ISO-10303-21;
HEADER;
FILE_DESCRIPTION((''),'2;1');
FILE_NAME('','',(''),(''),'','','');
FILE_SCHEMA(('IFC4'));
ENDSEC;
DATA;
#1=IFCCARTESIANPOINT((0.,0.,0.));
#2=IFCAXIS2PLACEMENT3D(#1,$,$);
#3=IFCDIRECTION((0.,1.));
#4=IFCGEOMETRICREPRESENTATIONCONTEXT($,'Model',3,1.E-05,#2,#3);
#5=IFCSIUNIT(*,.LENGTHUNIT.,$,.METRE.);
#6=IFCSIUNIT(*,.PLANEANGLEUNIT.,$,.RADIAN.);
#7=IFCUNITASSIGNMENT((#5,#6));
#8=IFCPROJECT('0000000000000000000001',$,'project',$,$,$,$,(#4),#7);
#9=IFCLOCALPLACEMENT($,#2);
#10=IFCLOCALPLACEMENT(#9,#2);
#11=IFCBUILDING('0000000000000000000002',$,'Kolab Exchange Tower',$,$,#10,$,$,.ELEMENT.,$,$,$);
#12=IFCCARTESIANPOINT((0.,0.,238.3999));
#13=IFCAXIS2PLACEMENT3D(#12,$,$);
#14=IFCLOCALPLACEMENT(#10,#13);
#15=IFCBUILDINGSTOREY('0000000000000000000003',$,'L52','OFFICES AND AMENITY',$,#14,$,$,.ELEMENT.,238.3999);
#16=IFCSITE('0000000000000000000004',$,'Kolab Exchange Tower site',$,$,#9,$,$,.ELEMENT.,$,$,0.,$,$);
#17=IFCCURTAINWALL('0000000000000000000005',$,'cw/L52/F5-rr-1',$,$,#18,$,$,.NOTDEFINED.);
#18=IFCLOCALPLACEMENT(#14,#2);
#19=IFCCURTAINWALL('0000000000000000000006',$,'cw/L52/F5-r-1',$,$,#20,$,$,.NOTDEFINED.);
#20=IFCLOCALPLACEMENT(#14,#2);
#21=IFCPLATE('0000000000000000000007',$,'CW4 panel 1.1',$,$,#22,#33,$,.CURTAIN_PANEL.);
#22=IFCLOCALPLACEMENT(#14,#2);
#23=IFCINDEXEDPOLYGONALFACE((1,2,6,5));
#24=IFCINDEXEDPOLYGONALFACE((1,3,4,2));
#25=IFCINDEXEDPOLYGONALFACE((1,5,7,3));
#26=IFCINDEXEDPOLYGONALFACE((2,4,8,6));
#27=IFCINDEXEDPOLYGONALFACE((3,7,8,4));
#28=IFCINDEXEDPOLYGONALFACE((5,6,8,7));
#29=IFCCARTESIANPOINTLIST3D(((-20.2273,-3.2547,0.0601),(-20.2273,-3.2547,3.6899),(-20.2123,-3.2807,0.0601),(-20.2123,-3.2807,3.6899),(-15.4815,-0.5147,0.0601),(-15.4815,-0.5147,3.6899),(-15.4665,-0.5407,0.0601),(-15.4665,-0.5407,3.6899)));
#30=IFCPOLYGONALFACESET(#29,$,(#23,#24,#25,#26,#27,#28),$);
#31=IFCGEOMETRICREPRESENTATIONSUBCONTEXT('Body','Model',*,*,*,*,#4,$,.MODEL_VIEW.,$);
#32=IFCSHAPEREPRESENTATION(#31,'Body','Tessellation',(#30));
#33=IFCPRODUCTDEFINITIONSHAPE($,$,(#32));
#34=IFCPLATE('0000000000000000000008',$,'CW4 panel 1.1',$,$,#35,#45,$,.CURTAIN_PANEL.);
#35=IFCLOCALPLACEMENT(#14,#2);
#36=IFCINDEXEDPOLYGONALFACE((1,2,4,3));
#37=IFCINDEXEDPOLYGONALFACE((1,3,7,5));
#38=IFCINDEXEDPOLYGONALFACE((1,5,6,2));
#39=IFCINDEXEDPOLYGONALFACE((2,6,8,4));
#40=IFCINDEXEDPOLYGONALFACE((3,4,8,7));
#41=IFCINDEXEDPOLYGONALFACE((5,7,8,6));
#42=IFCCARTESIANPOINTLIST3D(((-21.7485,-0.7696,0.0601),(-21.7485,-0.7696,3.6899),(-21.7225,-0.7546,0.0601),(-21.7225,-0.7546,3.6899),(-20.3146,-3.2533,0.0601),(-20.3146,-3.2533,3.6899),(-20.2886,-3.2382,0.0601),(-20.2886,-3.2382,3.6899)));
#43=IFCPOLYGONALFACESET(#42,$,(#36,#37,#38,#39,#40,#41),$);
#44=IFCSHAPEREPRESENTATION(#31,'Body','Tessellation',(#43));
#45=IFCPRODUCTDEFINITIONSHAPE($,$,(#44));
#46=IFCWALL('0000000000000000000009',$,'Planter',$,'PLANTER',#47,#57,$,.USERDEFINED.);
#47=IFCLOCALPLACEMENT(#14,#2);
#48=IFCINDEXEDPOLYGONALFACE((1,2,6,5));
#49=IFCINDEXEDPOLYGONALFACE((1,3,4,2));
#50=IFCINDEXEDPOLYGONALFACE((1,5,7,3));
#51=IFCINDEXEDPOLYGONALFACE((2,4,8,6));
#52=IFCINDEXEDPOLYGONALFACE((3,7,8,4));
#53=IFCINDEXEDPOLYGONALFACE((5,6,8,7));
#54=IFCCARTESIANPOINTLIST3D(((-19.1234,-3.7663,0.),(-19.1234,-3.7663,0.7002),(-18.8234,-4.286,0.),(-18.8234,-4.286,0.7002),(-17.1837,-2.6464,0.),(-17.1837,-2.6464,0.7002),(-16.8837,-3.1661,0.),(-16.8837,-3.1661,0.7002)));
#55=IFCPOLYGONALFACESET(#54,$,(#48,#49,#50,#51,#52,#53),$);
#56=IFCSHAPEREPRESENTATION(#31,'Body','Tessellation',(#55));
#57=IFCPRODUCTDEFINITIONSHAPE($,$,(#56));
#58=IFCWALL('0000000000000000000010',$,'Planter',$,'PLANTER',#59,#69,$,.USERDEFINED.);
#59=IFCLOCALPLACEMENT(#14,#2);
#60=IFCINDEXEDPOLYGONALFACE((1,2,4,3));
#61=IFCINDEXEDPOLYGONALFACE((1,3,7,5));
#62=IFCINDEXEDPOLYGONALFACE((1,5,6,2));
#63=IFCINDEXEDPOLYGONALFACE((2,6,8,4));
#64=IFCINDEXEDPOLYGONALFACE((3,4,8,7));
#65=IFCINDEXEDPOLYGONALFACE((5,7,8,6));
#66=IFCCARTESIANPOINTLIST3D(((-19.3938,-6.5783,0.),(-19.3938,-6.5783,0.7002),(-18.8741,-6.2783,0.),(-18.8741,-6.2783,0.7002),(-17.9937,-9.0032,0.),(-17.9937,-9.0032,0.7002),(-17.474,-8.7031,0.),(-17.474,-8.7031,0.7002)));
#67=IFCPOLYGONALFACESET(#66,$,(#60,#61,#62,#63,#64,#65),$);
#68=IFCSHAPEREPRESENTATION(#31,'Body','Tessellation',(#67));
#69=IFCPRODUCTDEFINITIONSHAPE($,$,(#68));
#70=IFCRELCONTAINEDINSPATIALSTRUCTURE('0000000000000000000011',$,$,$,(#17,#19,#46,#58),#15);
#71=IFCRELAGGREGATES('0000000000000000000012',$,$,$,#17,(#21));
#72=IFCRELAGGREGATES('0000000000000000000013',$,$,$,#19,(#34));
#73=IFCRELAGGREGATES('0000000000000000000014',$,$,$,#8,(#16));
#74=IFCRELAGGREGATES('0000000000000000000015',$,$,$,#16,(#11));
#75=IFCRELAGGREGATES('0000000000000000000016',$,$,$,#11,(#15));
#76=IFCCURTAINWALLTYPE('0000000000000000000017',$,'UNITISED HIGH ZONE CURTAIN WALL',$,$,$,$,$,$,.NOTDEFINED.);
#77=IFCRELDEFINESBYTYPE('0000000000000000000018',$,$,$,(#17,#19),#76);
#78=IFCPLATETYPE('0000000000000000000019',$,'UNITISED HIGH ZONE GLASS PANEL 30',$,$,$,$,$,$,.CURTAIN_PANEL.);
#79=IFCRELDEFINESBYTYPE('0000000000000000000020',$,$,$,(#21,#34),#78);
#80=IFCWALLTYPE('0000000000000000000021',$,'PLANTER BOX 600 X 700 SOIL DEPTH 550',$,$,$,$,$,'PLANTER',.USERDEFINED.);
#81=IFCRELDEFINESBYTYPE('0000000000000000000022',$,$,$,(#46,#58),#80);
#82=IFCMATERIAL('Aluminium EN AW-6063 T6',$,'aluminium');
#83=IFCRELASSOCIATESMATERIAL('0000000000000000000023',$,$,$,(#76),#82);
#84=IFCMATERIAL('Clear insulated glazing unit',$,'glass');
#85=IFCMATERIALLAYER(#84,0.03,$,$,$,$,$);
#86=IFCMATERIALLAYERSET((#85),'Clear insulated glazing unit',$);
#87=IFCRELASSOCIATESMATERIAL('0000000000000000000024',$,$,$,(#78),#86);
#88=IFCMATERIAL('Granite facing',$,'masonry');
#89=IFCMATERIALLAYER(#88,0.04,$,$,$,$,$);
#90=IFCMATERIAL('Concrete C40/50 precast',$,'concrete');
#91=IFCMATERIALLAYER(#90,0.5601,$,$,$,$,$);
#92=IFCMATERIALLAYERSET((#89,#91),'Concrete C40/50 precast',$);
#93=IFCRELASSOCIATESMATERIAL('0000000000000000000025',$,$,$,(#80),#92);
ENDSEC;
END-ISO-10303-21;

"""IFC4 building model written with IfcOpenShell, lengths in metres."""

from ifc_helpers import new_model, si_unit, direction, frame, frame_2d, origin, origin_2d, place, context, subcontext, project, spatial, rectangle, extrude, material, layer, layer_set, type_object, element, aggregate, save


model = new_model("IFC4")

# Units and contexts
model_context = context("Model", 3, precision=1e-05, world=origin(), true_north=direction((0.0, 1.0)))
body_context = subcontext(model_context, "Body", "Model", "MODEL_VIEW")
ifc_project = project(units=[si_unit("LENGTHUNIT", "METRE"), si_unit("PLANEANGLEUNIT", "RADIAN")], contexts=[model_context])

# Site, building, storey
site_placement = place(None, origin())
site = spatial("IfcSite", under=ifc_project, at=site_placement, Name="Kolab Exchange Tower site", CompositionType="ELEMENT", RefElevation=0.0)
building_placement = place(site_placement, origin())
building = spatial("IfcBuilding", under=site, at=building_placement, Name="Kolab Exchange Tower", CompositionType="ELEMENT")
storey_placement = place(building_placement, frame((0.0, 0.0, 238.3999)))
storey = spatial("IfcBuildingStorey", under=building, at=storey_placement, Name="L52", Description="OFFICES AND AMENITY", CompositionType="ELEMENT", Elevation=238.3999)

# Curtain wall
ifc_material_1 = material(Name="Aluminium EN AW-6063 T6", Category="aluminium")
curtain_wall_type = type_object("IfcCurtainWallType", Name="UNITISED HIGH ZONE CURTAIN WALL", PredefinedType="NOTDEFINED", material=ifc_material_1)
curtain_wall_1_placement = place(storey_placement, origin())
curtain_wall_1 = element("IfcCurtainWall", 1, at=curtain_wall_1_placement, inside=storey, type_object=curtain_wall_type, Name="cw/L52/F5-rr-1", PredefinedType="NOTDEFINED")

# Curtain wall
curtain_wall_2_placement = place(storey_placement, origin())
curtain_wall_2 = element("IfcCurtainWall", 2, at=curtain_wall_2_placement, inside=storey, type_object=curtain_wall_type, Name="cw/L52/F5-r-1", PredefinedType="NOTDEFINED")

# Plates
ifc_material_2 = material(Name="Clear insulated glazing unit", Category="glass")
ifc_layer_1 = layer(ifc_material_2, 0.03)
ifc_layer_set_1 = layer_set([ifc_layer_1], Name="Clear insulated glazing unit")
plate_type = type_object("IfcPlateType", Name="UNITISED HIGH ZONE GLASS PANEL 30", PredefinedType="CURTAIN_PANEL", material=ifc_layer_set_1)
plate_1_placement = place(storey_placement, frame((-17.8469, -1.8977, 0.0601), z_axis=(0.0, 0.0, 1.0), x_axis=(-0.866025, -0.5, 0.0)))
plate_1 = element("IfcPlate", 3, at=plate_1_placement, type_object=plate_type, Name="CW4 panel 1.1", PredefinedType="CURTAIN_PANEL", context=body_context, shape_type="SweptSolid", body=[
    extrude(rectangle(XDim=5.48, YDim=0.03, at=origin_2d()), origin(), (0.0, 0.0, 1.0), 3.6299),
])
aggregate(curtain_wall_1, [plate_1])
plate_2_placement = place(storey_placement, frame((-21.0186, -2.0039, 0.0601), z_axis=(0.0, 0.0, 1.0), x_axis=(-0.5, 0.866025, 0.0)))
plate_2 = element("IfcPlate", 4, at=plate_2_placement, type_object=plate_type, Name="CW4 panel 1.1", PredefinedType="CURTAIN_PANEL", context=body_context, shape_type="SweptSolid", body=[
    extrude(rectangle(XDim=2.8679, YDim=0.03, at=origin_2d()), origin(), (0.0, 0.0, 1.0), 3.6299),
])
aggregate(curtain_wall_2, [plate_2])

# Walls
ifc_material_3 = material(Name="Granite facing", Category="masonry")
ifc_layer_2 = layer(ifc_material_3, 0.04)
ifc_material_4 = material(Name="Concrete C40/50 precast", Category="concrete")
ifc_layer_3 = layer(ifc_material_4, 0.5601)
ifc_layer_set_2 = layer_set([ifc_layer_2, ifc_layer_3], Name="Concrete C40/50 precast")
wall_type = type_object("IfcWallType", Name="PLANTER BOX 600 X 700 SOIL DEPTH 550", ElementType="PLANTER", PredefinedType="USERDEFINED", material=ifc_layer_set_2)
wall_1_placement = place(storey_placement, frame((-17.0337, -2.9062, 0.0), z_axis=(0.0, 0.0, 1.0), x_axis=(-0.866028, -0.499996, 0.0)))
element("IfcWall", 5, at=wall_1_placement, inside=storey, type_object=wall_type, Name="Planter", ObjectType="PLANTER", PredefinedType="USERDEFINED", context=body_context, shape_type="SweptSolid", body=[
    extrude(rectangle(XDim=2.2397, YDim=0.6001, at=frame_2d((1.1199, 0.0))), origin(), (0.0, 0.0, 1.0), 0.7002),
])
wall_2_placement = place(storey_placement, frame((-17.7339, -8.853, 0.0), z_axis=(0.0, 0.0, 1.0), x_axis=(-0.50005, 0.865997, 0.0)))
element("IfcWall", 6, at=wall_2_placement, inside=storey, type_object=wall_type, Name="Planter", ObjectType="PLANTER", PredefinedType="USERDEFINED", context=body_context, shape_type="SweptSolid", body=[
    extrude(rectangle(XDim=2.8, YDim=0.6001, at=frame_2d((1.3999, 0.0))), origin(), (0.0, 0.0, 1.0), 0.7002),
])

save(model, "model.ifc")
